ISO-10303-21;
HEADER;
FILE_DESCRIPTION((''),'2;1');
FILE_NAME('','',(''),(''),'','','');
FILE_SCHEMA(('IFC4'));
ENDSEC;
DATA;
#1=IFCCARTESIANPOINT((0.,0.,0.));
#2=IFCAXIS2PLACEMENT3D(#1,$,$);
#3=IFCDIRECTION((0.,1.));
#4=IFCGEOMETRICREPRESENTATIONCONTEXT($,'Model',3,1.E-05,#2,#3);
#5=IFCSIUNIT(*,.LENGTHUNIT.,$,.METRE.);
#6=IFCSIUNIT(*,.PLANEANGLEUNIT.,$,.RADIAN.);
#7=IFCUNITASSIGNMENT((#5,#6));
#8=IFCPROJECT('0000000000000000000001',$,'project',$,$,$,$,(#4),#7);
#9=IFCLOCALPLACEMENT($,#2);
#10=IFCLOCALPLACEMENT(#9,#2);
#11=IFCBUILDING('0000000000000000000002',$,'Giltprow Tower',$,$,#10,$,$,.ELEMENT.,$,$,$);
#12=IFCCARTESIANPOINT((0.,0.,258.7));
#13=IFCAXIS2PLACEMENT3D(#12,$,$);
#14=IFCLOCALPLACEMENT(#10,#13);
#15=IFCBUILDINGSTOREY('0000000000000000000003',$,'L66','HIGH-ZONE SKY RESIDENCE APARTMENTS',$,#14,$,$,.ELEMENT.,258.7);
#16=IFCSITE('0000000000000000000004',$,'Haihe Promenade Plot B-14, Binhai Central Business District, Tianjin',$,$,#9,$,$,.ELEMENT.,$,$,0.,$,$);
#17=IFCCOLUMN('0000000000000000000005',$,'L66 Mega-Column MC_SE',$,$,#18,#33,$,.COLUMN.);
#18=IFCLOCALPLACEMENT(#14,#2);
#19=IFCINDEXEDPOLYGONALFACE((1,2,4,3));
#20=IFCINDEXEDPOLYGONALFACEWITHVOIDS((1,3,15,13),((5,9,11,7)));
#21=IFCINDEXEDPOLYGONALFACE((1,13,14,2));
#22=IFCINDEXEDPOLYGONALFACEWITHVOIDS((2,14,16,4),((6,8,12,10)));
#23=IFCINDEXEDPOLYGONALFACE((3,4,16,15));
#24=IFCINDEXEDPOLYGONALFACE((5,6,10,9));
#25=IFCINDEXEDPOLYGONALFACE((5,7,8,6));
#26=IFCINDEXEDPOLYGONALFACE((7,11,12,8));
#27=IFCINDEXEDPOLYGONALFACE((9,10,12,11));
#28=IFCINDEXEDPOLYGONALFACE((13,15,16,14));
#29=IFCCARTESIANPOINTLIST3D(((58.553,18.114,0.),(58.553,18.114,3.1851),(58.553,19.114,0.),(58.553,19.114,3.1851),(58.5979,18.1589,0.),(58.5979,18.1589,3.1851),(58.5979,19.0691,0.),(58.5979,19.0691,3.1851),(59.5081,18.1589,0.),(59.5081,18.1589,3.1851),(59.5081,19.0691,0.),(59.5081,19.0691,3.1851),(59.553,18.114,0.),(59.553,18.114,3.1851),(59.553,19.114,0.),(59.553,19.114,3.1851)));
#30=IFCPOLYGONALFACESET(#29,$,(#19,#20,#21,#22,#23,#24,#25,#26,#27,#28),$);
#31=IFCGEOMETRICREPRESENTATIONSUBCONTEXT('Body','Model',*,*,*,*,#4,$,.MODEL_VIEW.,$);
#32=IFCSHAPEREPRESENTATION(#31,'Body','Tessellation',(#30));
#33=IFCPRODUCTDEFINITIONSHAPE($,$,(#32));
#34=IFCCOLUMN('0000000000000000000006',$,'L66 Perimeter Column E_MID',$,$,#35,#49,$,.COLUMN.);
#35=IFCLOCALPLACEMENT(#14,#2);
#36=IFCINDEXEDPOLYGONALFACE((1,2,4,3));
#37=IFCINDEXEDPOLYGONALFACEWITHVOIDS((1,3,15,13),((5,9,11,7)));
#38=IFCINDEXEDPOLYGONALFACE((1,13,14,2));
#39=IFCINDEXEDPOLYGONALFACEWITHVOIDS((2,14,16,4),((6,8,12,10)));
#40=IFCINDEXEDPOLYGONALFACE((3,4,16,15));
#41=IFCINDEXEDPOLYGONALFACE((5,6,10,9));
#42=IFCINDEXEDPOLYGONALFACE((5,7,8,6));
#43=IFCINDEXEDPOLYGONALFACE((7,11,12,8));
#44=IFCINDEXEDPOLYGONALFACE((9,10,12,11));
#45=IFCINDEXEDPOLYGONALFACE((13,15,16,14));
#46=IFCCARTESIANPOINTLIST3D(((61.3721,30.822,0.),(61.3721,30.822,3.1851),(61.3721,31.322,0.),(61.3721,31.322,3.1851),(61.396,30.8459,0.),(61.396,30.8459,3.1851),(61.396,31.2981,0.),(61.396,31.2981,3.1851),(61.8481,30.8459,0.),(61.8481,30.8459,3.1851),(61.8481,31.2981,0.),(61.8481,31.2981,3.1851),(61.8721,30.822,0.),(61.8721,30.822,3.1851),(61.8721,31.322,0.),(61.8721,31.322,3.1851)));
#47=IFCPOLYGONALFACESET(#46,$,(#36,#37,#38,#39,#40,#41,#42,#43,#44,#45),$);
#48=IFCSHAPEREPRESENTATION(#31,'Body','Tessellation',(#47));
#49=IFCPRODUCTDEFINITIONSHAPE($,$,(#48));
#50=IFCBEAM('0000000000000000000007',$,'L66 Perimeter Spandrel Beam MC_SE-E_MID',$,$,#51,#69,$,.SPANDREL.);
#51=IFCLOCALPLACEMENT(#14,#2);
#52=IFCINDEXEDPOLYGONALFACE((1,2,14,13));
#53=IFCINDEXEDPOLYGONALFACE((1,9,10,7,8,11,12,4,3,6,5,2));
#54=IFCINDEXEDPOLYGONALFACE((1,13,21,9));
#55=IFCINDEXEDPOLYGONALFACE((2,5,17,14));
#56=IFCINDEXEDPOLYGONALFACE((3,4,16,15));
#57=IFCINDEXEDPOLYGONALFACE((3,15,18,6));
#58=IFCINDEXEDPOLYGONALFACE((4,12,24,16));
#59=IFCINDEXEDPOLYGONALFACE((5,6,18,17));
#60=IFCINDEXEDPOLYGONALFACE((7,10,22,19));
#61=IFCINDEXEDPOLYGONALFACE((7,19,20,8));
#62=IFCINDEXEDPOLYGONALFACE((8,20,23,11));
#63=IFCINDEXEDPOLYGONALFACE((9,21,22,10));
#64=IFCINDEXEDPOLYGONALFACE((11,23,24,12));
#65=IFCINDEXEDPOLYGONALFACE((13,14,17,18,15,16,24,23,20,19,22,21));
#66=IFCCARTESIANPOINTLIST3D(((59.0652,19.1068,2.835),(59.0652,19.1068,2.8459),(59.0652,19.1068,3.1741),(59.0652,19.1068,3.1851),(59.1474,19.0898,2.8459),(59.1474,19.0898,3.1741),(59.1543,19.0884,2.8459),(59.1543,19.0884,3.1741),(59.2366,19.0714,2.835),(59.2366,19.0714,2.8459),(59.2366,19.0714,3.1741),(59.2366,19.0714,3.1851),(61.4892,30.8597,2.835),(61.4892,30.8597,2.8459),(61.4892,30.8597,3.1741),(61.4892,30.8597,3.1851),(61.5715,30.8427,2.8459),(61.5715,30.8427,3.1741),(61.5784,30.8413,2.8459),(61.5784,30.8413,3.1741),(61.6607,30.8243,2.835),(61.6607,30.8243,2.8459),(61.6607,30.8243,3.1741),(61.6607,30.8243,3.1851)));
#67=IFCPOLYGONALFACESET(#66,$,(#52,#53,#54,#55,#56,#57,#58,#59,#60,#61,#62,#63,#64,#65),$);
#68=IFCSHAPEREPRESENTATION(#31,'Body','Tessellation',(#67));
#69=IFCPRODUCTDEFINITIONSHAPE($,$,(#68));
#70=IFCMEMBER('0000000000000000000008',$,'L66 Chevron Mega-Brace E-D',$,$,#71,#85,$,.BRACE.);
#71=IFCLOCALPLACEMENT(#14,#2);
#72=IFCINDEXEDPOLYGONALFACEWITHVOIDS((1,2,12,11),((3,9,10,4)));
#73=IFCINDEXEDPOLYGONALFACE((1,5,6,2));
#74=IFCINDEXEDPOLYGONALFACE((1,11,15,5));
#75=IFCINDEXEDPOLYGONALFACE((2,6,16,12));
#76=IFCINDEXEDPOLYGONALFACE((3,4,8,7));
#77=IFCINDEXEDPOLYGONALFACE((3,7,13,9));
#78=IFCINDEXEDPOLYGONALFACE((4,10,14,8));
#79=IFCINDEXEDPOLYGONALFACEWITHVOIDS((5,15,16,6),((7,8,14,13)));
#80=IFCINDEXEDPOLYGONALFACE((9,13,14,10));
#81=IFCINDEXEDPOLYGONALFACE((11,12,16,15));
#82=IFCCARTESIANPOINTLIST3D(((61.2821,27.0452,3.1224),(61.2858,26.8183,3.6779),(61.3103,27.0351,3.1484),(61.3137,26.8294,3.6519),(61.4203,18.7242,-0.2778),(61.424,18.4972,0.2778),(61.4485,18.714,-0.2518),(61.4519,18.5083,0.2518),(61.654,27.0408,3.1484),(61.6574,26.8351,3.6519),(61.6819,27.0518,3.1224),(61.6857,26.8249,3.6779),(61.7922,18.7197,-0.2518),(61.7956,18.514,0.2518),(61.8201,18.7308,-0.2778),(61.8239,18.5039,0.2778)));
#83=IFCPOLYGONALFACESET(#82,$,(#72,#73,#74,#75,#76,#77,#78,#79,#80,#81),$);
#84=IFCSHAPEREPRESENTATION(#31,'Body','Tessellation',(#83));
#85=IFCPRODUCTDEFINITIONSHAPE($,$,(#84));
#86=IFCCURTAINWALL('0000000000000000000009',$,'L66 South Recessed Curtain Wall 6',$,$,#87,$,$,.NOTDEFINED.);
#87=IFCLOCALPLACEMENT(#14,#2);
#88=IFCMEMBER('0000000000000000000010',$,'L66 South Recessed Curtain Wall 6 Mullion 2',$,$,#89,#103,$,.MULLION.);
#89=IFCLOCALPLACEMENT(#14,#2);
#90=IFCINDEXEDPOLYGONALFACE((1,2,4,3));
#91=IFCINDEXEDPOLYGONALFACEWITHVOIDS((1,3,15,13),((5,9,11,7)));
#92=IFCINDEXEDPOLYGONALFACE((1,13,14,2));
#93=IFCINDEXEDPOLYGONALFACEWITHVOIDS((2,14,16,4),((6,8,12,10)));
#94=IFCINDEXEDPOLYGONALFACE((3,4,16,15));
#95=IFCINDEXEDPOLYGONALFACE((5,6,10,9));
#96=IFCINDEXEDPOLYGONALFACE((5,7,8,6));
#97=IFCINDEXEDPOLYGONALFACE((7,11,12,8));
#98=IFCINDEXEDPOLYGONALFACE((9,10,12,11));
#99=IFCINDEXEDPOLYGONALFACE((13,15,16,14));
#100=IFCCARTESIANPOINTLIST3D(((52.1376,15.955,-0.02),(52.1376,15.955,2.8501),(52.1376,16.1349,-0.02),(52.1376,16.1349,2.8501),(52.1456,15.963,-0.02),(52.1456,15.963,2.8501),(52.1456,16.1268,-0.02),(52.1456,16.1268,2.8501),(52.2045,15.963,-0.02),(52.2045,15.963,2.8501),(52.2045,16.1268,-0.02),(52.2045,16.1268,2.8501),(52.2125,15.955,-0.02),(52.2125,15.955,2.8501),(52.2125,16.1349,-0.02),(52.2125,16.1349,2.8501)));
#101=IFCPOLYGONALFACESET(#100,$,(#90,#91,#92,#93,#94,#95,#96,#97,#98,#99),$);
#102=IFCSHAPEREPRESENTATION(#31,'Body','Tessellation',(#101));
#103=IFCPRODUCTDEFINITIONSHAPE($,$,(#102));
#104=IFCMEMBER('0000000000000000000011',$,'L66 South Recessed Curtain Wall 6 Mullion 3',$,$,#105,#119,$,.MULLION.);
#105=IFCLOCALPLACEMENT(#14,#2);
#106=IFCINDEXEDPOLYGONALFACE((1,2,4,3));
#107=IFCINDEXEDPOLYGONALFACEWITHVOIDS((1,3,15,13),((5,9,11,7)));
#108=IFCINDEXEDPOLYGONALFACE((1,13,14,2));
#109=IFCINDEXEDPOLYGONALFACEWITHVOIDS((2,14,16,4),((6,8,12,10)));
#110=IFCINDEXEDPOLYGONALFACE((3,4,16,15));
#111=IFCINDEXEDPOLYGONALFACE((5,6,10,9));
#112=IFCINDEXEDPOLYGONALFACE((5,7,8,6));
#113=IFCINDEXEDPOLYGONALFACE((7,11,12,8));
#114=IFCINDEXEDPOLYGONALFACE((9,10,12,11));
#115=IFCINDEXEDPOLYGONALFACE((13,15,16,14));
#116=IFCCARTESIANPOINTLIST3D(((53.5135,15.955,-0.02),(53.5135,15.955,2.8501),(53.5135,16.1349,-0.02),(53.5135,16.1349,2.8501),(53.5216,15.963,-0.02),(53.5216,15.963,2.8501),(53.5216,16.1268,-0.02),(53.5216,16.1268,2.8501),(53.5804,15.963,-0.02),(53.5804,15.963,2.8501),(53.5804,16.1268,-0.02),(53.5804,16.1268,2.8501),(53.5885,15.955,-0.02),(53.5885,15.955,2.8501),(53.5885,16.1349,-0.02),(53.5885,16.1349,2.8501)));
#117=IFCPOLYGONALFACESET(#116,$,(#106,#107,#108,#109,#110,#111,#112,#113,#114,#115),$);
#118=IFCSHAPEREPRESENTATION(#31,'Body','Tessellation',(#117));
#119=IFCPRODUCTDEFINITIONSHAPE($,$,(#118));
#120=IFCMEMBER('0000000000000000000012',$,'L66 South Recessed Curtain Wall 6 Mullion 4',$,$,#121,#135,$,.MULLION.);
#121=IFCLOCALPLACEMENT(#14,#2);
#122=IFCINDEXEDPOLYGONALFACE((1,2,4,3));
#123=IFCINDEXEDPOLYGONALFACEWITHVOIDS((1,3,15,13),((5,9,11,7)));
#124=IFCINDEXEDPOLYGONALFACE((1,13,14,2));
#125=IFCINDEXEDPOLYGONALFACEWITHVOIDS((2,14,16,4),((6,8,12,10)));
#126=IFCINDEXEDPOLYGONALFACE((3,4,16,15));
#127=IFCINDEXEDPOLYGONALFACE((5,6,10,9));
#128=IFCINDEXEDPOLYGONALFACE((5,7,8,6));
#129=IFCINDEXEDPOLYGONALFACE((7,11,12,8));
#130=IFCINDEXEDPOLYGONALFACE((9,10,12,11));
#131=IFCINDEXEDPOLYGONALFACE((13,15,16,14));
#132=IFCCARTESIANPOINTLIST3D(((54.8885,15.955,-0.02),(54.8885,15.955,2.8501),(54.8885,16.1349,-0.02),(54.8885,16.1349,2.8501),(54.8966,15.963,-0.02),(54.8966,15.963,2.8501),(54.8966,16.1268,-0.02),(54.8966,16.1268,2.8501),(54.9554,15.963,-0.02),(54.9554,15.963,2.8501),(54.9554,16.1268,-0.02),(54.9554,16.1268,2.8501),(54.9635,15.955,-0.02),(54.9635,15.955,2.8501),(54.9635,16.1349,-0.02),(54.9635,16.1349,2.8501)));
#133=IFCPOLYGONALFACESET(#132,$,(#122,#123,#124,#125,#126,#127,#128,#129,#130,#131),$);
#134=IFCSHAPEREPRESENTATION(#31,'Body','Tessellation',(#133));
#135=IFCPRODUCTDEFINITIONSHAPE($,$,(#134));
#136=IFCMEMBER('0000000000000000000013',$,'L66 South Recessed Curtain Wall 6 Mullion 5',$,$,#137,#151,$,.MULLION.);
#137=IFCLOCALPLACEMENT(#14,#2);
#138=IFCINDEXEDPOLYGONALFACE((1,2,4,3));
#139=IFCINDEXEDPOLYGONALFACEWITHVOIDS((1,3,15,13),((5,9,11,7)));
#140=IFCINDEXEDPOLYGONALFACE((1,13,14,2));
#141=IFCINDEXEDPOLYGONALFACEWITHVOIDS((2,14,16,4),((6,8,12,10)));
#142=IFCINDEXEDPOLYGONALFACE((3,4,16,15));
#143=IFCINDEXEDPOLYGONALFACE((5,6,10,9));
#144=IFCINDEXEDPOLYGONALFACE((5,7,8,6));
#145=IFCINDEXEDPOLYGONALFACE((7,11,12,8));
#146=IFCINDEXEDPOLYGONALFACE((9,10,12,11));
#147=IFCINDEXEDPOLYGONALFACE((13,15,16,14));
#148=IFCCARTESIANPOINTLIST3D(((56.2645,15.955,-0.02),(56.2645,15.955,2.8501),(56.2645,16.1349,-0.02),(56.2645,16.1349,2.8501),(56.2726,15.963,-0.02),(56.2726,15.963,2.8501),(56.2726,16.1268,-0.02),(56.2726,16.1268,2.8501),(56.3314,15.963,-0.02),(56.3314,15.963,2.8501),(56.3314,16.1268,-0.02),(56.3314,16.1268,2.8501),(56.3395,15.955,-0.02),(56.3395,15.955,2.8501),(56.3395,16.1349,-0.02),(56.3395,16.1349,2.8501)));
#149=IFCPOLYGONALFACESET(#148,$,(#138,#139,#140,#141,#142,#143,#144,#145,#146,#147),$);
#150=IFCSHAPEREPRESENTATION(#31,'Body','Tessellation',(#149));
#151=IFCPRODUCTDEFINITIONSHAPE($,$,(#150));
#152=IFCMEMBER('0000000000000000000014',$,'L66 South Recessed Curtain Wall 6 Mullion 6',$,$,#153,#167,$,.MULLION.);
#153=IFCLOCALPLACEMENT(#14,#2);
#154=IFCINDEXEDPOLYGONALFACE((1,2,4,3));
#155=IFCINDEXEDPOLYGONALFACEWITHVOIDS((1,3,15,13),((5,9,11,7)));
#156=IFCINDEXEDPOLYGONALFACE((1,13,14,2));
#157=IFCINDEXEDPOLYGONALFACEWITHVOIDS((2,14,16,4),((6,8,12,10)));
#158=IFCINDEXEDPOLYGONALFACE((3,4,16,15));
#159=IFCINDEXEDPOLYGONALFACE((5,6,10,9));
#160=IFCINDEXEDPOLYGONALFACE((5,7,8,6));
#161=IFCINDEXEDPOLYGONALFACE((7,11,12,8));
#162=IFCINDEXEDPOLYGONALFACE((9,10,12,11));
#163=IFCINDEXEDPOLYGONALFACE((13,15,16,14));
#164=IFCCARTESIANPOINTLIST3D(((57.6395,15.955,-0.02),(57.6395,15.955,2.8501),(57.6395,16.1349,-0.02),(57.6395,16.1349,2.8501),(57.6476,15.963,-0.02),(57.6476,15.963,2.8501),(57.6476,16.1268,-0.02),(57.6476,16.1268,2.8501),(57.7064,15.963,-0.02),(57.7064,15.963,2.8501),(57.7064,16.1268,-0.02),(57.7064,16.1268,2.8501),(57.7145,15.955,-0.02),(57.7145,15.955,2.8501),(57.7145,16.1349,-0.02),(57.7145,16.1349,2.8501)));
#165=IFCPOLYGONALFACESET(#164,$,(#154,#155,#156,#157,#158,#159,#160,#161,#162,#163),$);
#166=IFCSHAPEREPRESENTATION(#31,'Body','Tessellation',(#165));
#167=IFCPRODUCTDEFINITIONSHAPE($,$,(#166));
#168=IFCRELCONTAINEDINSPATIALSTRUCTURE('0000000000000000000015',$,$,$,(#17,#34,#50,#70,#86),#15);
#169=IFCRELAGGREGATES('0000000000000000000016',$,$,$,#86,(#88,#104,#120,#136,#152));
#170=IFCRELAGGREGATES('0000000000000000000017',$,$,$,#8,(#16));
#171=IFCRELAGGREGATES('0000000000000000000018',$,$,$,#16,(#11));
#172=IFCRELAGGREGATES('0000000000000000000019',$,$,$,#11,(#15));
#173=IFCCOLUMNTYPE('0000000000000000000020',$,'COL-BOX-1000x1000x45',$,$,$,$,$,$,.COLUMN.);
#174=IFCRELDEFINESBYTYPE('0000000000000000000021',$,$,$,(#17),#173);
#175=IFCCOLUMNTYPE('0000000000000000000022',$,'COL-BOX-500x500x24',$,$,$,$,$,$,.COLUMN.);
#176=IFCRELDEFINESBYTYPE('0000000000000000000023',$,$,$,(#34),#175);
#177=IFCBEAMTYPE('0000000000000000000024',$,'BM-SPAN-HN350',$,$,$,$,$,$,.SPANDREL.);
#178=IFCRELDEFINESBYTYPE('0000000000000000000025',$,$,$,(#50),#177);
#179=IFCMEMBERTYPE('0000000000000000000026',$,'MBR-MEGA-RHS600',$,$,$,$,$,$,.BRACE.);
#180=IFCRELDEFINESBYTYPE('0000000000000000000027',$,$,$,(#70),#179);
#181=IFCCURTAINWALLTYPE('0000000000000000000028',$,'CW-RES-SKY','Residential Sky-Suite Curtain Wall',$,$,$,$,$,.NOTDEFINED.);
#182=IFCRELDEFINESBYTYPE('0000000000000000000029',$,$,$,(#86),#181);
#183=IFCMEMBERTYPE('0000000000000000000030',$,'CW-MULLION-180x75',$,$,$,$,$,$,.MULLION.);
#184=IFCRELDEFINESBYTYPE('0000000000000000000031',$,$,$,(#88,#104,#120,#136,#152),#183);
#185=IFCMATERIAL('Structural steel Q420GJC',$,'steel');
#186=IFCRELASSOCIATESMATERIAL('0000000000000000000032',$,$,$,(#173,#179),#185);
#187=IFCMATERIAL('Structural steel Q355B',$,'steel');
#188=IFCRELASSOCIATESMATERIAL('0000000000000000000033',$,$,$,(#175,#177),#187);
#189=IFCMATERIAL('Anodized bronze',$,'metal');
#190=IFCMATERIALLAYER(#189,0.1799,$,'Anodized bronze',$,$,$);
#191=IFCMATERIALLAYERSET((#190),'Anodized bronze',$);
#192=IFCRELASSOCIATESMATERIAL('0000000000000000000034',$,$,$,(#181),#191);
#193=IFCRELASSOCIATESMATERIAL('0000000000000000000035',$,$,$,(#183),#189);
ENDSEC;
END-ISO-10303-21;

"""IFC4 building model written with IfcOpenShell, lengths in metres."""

from ifc_helpers import new_model, si_unit, direction, frame, origin, origin_2d, place, context, subcontext, project, spatial, hollow_rectangle, i_section, extrude, source, transform, mapped, material, layer, layer_set, material_profile, profile_set, type_object, element, aggregate, save


model = new_model("IFC4")

# Units and contexts
model_context = context("Model", 3, precision=1e-05, world=origin(), true_north=direction((0.0, 1.0)))
body_context = subcontext(model_context, "Body", "Model", "MODEL_VIEW")
ifc_project = project(units=[si_unit("LENGTHUNIT", "METRE"), si_unit("PLANEANGLEUNIT", "RADIAN")], contexts=[model_context])

# Site, building, storey
site_placement = place(None, origin())
site = spatial("IfcSite", under=ifc_project, at=site_placement, Name="Haihe Promenade Plot B-14, Binhai Central Business District, Tianjin", CompositionType="ELEMENT", RefElevation=0.0)
building_placement = place(site_placement, origin())
building = spatial("IfcBuilding", under=site, at=building_placement, Name="Giltprow Tower", CompositionType="ELEMENT")
storey_placement = place(building_placement, frame((0.0, 0.0, 258.7)))
storey = spatial("IfcBuildingStorey", under=building, at=storey_placement, Name="L66", Description="HIGH-ZONE SKY RESIDENCE APARTMENTS", CompositionType="ELEMENT", Elevation=258.7)

# Columns
ifc_material_1 = material(Name="Structural steel Q420GJC", Category="steel")
ifc_material_profile_1 = material_profile(ifc_material_1, hollow_rectangle(XDim=1.0, YDim=1.0, WallThickness=0.0449, at=origin_2d()), Name="BOX 1000x1000x45")
ifc_profile_set_1 = profile_set([ifc_material_profile_1], Name="Structural steel Q420GJC")
column_type_1 = type_object("IfcColumnType", Name="COL-BOX-1000x1000x45", PredefinedType="COLUMN", material=ifc_profile_set_1)
shared_shape_1 = source(origin(), body_context, "Body", "SweptSolid", [
    extrude(hollow_rectangle(XDim=1.0, YDim=1.0, WallThickness=0.0449, at=origin_2d()), origin(), (0.0, 0.0, 1.0), 3.1851),
])
column_1_placement = place(storey_placement, frame((59.053, 18.614, 0.0), z_axis=(0.0, 0.0, 1.0), x_axis=(1.0, 0.0, 0.0)))
element("IfcColumn", 1, at=column_1_placement, inside=storey, type_object=column_type_1, Name="L66 Mega-Column MC_SE", PredefinedType="COLUMN", context=body_context, shape_type="MappedRepresentation", body=[
    mapped(shared_shape_1, transform((0.0, 0.0, 0.0), x_axis=(1.0, 0.0, 0.0), y_axis=(0.0, 1.0, 0.0), z_axis=(0.0, 0.0, 1.0), scale=1.0)),
])
ifc_material_2 = material(Name="Structural steel Q355B", Category="steel")
ifc_material_profile_2 = material_profile(ifc_material_2, hollow_rectangle(XDim=0.5, YDim=0.5, WallThickness=0.0239, at=origin_2d()), Name="BOX 500x500x24")
ifc_profile_set_2 = profile_set([ifc_material_profile_2], Name="Structural steel Q355B")
column_type_2 = type_object("IfcColumnType", Name="COL-BOX-500x500x24", PredefinedType="COLUMN", material=ifc_profile_set_2)
shared_shape_2 = source(origin(), body_context, "Body", "SweptSolid", [
    extrude(hollow_rectangle(XDim=0.5, YDim=0.5, WallThickness=0.0239, at=origin_2d()), origin(), (0.0, 0.0, 1.0), 3.1851),
])
column_2_placement = place(storey_placement, frame((61.6221, 31.072, 0.0), z_axis=(0.0, 0.0, 1.0), x_axis=(1.0, 0.0, 0.0)))
element("IfcColumn", 2, at=column_2_placement, inside=storey, type_object=column_type_2, Name="L66 Perimeter Column E_MID", PredefinedType="COLUMN", context=body_context, shape_type="MappedRepresentation", body=[
    mapped(shared_shape_2, transform((0.0, 0.0, 0.0), x_axis=(1.0, 0.0, 0.0), y_axis=(0.0, 1.0, 0.0), z_axis=(0.0, 0.0, 1.0), scale=1.0)),
])

# Beam
ifc_material_profile_3 = material_profile(ifc_material_2, i_section(OverallWidth=0.175, OverallDepth=0.3501, WebThickness=0.0071, FlangeThickness=0.011, at=origin_2d()), Name="HN 350x175x7x11")
ifc_profile_set_3 = profile_set([ifc_material_profile_3], Name="Structural steel Q355B")
beam_type = type_object("IfcBeamType", Name="BM-SPAN-HN350", PredefinedType="SPANDREL", material=ifc_profile_set_3)
shared_shape_3 = source(origin(), body_context, "Body", "SweptSolid", [
    extrude(i_section(OverallWidth=0.175, OverallDepth=0.3501, WebThickness=0.0071, FlangeThickness=0.011, at=origin_2d()), origin(), (0.0, 0.0, 1.0), 12.0002),
])
beam_placement = place(storey_placement, frame((59.1509, 19.0891, 3.01), z_axis=(0.202001, 0.979385, 0.0), x_axis=(-0.979385, 0.202001, 0.0)))
element("IfcBeam", 3, at=beam_placement, inside=storey, type_object=beam_type, Name="L66 Perimeter Spandrel Beam MC_SE-E_MID", PredefinedType="SPANDREL", context=body_context, shape_type="MappedRepresentation", body=[
    mapped(shared_shape_3, transform((0.0, 0.0, 0.0), x_axis=(1.0, 0.0, 0.0), y_axis=(0.0, 1.0, 0.0), z_axis=(0.0, 0.0, 1.0), scale=1.0)),
])

# Member
ifc_material_profile_4 = material_profile(ifc_material_1, hollow_rectangle(XDim=0.3999, YDim=0.6001, WallThickness=0.0281, at=origin_2d()), Name="RHS 600x400x28")
ifc_profile_set_4 = profile_set([ifc_material_profile_4], Name="Structural steel Q420GJC")
member_type_1 = type_object("IfcMemberType", Name="MBR-MEGA-RHS600", PredefinedType="BRACE", material=ifc_profile_set_4)
shared_shape_4 = source(origin(), body_context, "Body", "SweptSolid", [
    extrude(hollow_rectangle(XDim=0.3999, YDim=0.6001, WallThickness=0.0281, at=origin_2d()), origin(), (0.0, 0.0, 1.0), 8.99),
])
member_1_placement = place(storey_placement, frame((61.6221, 18.614, 0.0), z_axis=(-0.015371, 0.92559, 0.378215), x_axis=(-0.999862, -0.016604, 0.0)))
element("IfcMember", 4, at=member_1_placement, inside=storey, type_object=member_type_1, Name="L66 Chevron Mega-Brace E-D", PredefinedType="BRACE", context=body_context, shape_type="MappedRepresentation", body=[
    mapped(shared_shape_4, transform((0.0, 0.0, 0.0), x_axis=(1.0, 0.0, 0.0), y_axis=(0.0, 1.0, 0.0), z_axis=(0.0, 0.0, 1.0), scale=1.0)),
])

# Curtain wall, members
ifc_material_3 = material(Name="Anodized bronze", Category="metal")
ifc_layer_1 = layer(ifc_material_3, 0.1799, Name="Anodized bronze")
ifc_layer_set_1 = layer_set([ifc_layer_1], Name="Anodized bronze")
curtain_wall_type = type_object("IfcCurtainWallType", Name="CW-RES-SKY", Description="Residential Sky-Suite Curtain Wall", PredefinedType="NOTDEFINED", material=ifc_layer_set_1)
curtain_wall_placement = place(storey_placement, origin())
curtain_wall = element("IfcCurtainWall", 5, at=curtain_wall_placement, inside=storey, type_object=curtain_wall_type, Name="L66 South Recessed Curtain Wall 6", PredefinedType="NOTDEFINED")
ifc_material_profile_5 = material_profile(ifc_material_3, hollow_rectangle(XDim=0.075, YDim=0.1799, WallThickness=0.0081, at=origin_2d()), Name="RHS 180x75x8")
ifc_profile_set_5 = profile_set([ifc_material_profile_5], Name="Anodized bronze")
member_type_2 = type_object("IfcMemberType", Name="CW-MULLION-180x75", PredefinedType="MULLION", material=ifc_profile_set_5)
shared_shape_5 = source(origin(), body_context, "Body", "SweptSolid", [
    extrude(hollow_rectangle(XDim=0.075, YDim=0.1799, WallThickness=0.0081, at=origin_2d()), origin(), (0.0, 0.0, 1.0), 2.8701),
])
member_2_placement = place(storey_placement, frame((52.175, 16.0449, -0.02), z_axis=(0.0, 0.0, 1.0), x_axis=(1.0, 0.0, 0.0)))
member_2 = element("IfcMember", 6, at=member_2_placement, type_object=member_type_2, Name="L66 South Recessed Curtain Wall 6 Mullion 2", PredefinedType="MULLION", context=body_context, shape_type="MappedRepresentation", body=[
    mapped(shared_shape_5, transform((0.0, 0.0, 0.0), x_axis=(1.0, 0.0, 0.0), y_axis=(0.0, 1.0, 0.0), z_axis=(0.0, 0.0, 1.0), scale=1.0)),
])
member_3_placement = place(storey_placement, frame((53.551, 16.0449, -0.02), z_axis=(0.0, 0.0, 1.0), x_axis=(1.0, 0.0, 0.0)))
member_3 = element("IfcMember", 7, at=member_3_placement, type_object=member_type_2, Name="L66 South Recessed Curtain Wall 6 Mullion 3", PredefinedType="MULLION", context=body_context, shape_type="MappedRepresentation", body=[
    mapped(shared_shape_5, transform((0.0, 0.0, 0.0), x_axis=(1.0, 0.0, 0.0), y_axis=(0.0, 1.0, 0.0), z_axis=(0.0, 0.0, 1.0), scale=1.0)),
])
member_4_placement = place(storey_placement, frame((54.926, 16.0449, -0.02), z_axis=(0.0, 0.0, 1.0), x_axis=(1.0, 0.0, 0.0)))
member_4 = element("IfcMember", 8, at=member_4_placement, type_object=member_type_2, Name="L66 South Recessed Curtain Wall 6 Mullion 4", PredefinedType="MULLION", context=body_context, shape_type="MappedRepresentation", body=[
    mapped(shared_shape_5, transform((0.0, 0.0, 0.0), x_axis=(1.0, 0.0, 0.0), y_axis=(0.0, 1.0, 0.0), z_axis=(0.0, 0.0, 1.0), scale=1.0)),
])
member_5_placement = place(storey_placement, frame((56.302, 16.0449, -0.02), z_axis=(0.0, 0.0, 1.0), x_axis=(1.0, 0.0, 0.0)))
member_5 = element("IfcMember", 9, at=member_5_placement, type_object=member_type_2, Name="L66 South Recessed Curtain Wall 6 Mullion 5", PredefinedType="MULLION", context=body_context, shape_type="MappedRepresentation", body=[
    mapped(shared_shape_5, transform((0.0, 0.0, 0.0), x_axis=(1.0, 0.0, 0.0), y_axis=(0.0, 1.0, 0.0), z_axis=(0.0, 0.0, 1.0), scale=1.0)),
])
member_6_placement = place(storey_placement, frame((57.677, 16.0449, -0.02), z_axis=(0.0, 0.0, 1.0), x_axis=(1.0, 0.0, 0.0)))
member_6 = element("IfcMember", 10, at=member_6_placement, type_object=member_type_2, Name="L66 South Recessed Curtain Wall 6 Mullion 6", PredefinedType="MULLION", context=body_context, shape_type="MappedRepresentation", body=[
    mapped(shared_shape_5, transform((0.0, 0.0, 0.0), x_axis=(1.0, 0.0, 0.0), y_axis=(0.0, 1.0, 0.0), z_axis=(0.0, 0.0, 1.0), scale=1.0)),
])

aggregate(curtain_wall, [member_2, member_3, member_4, member_5, member_6])

save(model, "model.ifc")
